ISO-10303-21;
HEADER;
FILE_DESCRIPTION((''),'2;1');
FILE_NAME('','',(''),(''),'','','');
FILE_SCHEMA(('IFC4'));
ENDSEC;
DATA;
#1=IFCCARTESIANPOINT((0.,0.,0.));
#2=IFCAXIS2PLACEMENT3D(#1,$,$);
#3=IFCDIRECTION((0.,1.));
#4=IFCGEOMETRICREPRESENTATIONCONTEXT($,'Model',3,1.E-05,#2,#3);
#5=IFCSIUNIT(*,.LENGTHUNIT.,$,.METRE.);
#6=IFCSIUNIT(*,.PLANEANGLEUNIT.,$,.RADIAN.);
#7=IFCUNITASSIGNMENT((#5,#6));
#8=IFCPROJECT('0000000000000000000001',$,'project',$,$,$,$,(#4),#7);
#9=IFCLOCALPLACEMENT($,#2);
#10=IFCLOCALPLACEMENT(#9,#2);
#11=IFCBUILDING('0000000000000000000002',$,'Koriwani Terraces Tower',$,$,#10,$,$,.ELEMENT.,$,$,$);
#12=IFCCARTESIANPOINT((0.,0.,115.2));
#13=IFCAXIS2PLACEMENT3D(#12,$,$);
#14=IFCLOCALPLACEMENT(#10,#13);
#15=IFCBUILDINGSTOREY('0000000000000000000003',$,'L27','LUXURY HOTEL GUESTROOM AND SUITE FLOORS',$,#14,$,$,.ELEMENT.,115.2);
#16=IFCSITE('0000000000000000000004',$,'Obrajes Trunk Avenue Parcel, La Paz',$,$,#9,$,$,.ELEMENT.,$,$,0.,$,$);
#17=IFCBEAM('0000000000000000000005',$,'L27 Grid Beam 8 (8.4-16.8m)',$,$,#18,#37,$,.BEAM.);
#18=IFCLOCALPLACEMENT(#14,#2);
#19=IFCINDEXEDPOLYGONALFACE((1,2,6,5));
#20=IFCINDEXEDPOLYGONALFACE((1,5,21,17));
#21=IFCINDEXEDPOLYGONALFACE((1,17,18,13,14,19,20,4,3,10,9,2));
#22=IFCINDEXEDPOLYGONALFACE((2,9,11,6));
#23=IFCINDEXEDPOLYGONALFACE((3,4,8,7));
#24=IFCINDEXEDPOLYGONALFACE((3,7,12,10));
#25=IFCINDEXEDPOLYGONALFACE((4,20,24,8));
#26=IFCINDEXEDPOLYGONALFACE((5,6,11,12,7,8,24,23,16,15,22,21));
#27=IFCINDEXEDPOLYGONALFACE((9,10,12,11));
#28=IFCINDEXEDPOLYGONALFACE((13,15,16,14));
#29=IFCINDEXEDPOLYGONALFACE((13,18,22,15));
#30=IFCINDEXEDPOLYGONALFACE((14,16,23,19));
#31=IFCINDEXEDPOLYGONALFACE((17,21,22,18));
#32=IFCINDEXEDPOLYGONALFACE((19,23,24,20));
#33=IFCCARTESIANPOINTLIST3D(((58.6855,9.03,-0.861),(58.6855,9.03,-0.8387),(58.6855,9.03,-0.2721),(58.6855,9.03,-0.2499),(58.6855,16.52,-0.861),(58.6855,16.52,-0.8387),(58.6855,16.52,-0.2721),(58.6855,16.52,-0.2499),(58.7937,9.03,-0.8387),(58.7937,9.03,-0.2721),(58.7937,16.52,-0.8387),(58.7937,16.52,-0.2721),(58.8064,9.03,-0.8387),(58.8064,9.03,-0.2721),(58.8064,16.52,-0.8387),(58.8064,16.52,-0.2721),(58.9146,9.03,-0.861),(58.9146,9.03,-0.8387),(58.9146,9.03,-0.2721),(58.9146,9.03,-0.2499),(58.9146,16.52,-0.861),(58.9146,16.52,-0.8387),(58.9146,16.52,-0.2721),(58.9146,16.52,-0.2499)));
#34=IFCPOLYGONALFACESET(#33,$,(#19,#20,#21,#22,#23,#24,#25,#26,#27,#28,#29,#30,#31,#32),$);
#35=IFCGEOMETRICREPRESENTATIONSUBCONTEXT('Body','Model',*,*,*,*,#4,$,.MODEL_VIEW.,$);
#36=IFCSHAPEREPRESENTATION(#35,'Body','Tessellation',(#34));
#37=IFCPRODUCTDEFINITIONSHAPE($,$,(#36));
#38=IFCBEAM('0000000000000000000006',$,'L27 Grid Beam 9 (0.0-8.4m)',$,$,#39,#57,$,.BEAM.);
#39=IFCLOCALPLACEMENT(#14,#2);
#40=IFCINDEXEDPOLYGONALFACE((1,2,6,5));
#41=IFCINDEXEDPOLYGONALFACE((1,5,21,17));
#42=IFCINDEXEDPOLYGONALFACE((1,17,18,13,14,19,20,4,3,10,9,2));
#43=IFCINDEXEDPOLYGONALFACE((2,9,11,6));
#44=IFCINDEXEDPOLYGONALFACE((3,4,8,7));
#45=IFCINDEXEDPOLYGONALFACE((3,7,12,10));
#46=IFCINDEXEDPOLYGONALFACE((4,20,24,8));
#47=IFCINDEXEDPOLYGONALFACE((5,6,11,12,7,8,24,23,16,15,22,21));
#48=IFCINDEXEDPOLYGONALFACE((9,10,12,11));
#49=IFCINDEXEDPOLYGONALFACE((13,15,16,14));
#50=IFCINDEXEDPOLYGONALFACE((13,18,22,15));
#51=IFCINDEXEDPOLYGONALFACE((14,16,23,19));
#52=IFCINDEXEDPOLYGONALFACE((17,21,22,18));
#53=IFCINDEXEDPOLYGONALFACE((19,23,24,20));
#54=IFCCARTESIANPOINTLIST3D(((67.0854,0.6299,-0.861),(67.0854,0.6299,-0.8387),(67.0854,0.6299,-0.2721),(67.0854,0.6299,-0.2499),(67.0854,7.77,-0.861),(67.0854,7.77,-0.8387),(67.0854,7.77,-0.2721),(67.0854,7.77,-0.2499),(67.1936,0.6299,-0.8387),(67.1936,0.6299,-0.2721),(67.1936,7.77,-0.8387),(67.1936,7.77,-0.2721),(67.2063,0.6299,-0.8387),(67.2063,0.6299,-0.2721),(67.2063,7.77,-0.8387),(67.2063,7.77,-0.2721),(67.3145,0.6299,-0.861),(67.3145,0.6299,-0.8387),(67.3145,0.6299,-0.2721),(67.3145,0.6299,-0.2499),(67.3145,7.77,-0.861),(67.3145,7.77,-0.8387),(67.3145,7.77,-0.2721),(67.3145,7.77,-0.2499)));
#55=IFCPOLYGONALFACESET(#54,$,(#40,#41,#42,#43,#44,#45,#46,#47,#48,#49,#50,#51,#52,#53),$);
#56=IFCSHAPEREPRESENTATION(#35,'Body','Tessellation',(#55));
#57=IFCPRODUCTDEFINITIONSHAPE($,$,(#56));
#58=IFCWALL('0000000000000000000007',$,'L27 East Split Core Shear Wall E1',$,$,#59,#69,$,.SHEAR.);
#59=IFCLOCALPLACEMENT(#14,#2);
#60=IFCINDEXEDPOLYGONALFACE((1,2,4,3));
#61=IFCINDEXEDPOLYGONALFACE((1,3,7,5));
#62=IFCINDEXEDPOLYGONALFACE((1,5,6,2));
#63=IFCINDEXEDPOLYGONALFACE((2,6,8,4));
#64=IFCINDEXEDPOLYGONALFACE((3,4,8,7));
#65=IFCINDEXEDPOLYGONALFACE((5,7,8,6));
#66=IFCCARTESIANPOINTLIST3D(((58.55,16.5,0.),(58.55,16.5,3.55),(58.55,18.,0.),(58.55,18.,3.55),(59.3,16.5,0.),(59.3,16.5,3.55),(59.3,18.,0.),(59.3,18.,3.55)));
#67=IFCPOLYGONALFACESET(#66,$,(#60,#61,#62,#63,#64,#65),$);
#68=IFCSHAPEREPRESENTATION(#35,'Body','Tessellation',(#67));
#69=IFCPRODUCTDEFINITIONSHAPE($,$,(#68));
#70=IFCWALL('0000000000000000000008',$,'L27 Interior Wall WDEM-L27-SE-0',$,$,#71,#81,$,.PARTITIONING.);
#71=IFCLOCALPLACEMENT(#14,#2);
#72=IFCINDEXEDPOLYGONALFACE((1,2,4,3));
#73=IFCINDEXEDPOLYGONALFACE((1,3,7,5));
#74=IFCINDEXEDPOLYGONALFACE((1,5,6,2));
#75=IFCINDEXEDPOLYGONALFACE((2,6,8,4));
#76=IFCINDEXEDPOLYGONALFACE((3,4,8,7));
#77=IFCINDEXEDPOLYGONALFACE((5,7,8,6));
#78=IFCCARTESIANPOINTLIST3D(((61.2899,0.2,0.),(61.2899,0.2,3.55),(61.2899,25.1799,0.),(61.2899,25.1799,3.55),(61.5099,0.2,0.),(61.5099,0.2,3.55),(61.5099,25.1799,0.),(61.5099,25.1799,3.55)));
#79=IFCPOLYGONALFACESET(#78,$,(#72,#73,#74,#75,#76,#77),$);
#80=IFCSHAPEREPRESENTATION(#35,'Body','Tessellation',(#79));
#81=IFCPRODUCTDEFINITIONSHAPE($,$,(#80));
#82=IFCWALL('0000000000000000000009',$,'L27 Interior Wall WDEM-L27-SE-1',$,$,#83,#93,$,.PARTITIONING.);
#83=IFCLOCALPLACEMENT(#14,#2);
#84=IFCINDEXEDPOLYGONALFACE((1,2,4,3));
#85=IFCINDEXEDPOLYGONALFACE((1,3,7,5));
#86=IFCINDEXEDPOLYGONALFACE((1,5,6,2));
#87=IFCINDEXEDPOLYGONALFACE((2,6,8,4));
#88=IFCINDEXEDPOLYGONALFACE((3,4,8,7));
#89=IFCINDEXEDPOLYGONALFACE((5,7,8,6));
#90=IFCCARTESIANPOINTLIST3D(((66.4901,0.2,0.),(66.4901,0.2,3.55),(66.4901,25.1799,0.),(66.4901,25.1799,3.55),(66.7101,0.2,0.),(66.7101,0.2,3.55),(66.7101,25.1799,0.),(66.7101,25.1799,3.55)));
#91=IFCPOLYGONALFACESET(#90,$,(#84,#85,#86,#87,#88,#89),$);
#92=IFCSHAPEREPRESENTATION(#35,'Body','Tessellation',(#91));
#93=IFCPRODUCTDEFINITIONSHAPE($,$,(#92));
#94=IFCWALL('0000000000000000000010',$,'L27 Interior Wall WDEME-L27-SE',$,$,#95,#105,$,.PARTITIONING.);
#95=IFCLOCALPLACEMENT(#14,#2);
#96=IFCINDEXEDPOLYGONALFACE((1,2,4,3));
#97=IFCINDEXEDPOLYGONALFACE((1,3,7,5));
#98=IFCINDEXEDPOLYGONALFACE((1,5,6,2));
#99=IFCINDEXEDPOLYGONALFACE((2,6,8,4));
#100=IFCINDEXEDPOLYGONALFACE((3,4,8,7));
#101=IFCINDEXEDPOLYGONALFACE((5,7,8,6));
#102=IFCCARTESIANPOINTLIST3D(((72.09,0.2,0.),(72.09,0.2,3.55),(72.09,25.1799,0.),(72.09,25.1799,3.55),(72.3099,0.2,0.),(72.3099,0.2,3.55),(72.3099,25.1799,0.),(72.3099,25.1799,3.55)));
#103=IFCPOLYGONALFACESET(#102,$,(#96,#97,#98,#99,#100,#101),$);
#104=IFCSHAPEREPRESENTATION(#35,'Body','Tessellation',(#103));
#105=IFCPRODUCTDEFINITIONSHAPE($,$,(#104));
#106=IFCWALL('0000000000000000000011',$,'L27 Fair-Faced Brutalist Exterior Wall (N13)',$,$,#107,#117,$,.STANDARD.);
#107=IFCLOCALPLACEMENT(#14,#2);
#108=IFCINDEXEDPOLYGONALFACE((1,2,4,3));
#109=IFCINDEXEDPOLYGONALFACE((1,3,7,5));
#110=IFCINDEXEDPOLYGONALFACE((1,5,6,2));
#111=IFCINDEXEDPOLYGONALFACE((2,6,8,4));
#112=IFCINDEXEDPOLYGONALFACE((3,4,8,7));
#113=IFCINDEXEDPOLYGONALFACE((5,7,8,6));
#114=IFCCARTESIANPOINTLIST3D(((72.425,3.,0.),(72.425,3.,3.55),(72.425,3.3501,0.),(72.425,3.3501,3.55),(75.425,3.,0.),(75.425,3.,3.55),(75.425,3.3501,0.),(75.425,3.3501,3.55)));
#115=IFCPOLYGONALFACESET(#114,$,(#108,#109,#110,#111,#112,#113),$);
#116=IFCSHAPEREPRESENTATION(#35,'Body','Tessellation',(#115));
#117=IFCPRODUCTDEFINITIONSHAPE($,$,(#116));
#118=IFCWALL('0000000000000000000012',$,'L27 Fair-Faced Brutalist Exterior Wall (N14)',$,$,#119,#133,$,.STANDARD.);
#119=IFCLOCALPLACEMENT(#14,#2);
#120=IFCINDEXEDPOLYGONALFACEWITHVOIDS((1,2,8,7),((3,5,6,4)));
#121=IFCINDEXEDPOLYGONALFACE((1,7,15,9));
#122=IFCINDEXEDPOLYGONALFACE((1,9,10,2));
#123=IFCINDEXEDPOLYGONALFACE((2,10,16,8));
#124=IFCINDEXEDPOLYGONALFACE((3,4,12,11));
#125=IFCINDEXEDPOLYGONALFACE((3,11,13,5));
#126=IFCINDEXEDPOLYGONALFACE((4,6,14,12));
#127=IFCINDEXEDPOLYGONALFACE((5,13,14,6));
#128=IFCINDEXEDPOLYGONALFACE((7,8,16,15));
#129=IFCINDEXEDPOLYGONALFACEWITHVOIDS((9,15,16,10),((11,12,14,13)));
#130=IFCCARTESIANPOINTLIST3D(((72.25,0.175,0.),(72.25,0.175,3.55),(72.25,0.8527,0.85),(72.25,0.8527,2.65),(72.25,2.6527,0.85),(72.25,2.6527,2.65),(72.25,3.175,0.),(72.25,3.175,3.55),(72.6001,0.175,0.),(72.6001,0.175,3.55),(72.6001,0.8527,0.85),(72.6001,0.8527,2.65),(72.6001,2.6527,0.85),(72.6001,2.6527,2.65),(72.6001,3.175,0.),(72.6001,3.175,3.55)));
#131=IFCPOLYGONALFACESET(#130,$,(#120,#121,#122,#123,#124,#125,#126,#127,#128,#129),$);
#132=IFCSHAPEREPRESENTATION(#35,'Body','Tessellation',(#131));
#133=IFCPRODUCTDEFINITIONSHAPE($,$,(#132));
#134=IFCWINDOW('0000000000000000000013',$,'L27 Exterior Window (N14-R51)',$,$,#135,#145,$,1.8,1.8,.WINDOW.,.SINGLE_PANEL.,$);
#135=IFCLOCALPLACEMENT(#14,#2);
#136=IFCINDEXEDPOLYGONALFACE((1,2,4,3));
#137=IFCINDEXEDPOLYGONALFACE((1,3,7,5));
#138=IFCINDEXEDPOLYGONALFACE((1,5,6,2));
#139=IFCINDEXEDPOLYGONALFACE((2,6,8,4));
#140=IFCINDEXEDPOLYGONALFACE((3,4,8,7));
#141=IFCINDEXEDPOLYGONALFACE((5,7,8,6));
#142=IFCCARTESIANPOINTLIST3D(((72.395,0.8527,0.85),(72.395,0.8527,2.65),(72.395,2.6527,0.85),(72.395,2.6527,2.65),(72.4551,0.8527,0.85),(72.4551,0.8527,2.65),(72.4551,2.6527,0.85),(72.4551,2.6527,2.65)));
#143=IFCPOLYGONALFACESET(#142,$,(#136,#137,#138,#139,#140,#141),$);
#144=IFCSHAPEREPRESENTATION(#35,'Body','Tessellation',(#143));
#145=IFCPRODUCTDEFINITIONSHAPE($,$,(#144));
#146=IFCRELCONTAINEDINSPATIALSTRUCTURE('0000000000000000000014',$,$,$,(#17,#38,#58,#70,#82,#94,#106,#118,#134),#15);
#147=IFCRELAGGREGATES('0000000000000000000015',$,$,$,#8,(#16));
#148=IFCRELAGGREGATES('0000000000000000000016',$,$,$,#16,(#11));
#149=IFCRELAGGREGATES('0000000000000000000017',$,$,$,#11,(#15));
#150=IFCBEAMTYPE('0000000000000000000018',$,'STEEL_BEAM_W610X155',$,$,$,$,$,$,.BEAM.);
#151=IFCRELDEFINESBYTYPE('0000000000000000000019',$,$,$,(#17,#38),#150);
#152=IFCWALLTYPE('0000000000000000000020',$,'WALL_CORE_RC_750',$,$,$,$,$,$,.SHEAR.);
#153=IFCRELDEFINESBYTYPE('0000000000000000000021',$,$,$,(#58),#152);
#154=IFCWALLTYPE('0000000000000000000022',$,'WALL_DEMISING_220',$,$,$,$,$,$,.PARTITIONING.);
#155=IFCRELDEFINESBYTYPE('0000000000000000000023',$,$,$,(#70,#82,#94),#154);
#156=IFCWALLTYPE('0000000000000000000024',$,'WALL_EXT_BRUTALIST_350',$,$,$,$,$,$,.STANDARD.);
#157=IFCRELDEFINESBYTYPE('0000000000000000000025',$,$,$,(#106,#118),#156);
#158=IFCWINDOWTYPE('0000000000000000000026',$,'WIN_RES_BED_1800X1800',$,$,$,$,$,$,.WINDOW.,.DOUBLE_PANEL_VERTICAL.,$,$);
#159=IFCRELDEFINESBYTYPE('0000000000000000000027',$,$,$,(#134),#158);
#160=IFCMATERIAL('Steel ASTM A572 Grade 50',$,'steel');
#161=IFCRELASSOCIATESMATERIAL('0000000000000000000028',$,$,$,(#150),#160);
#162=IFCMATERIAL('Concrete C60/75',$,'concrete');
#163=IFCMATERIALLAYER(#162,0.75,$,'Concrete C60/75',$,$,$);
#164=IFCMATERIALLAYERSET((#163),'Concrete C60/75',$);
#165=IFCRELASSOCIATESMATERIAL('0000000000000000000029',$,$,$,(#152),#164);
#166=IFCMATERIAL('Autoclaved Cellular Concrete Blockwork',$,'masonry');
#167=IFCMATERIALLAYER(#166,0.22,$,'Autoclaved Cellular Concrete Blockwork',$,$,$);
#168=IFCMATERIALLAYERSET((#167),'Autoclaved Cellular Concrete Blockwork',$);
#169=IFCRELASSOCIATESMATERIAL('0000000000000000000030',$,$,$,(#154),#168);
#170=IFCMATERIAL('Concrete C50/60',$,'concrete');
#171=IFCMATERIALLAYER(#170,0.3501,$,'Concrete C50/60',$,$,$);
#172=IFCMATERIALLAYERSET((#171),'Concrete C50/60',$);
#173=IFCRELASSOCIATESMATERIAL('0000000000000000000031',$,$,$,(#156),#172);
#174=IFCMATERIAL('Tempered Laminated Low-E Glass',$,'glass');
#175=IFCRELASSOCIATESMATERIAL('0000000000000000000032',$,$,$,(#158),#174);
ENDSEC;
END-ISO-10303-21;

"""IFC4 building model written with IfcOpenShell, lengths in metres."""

from ifc_helpers import new_model, si_unit, direction, frame, frame_2d, origin, origin_2d, place, context, subcontext, project, spatial, rectangle, i_section, extrude, material, layer, layer_set, material_profile, profile_set, type_object, element, fill, save


model = new_model("IFC4")

# Units and contexts
model_context = context("Model", 3, precision=1e-05, world=origin(), true_north=direction((0.0, 1.0)))
body_context = subcontext(model_context, "Body", "Model", "MODEL_VIEW")
ifc_project = project(units=[si_unit("LENGTHUNIT", "METRE"), si_unit("PLANEANGLEUNIT", "RADIAN")], contexts=[model_context])

# Site, building, storey
site_placement = place(None, origin())
site = spatial("IfcSite", under=ifc_project, at=site_placement, Name="Obrajes Trunk Avenue Parcel, La Paz", CompositionType="ELEMENT", RefElevation=0.0)
building_placement = place(site_placement, origin())
building = spatial("IfcBuilding", under=site, at=building_placement, Name="Koriwani Terraces Tower", CompositionType="ELEMENT")
storey_placement = place(building_placement, frame((0.0, 0.0, 115.2)))
storey = spatial("IfcBuildingStorey", under=building, at=storey_placement, Name="L27", Description="LUXURY HOTEL GUESTROOM AND SUITE FLOORS", CompositionType="ELEMENT", Elevation=115.2)

# Shared definitions
ifc_material_1 = material(Name="Concrete C60/75", Category="concrete")

# Beams
ifc_material_2 = material(Name="Concrete C50/60", Category="concrete")
ifc_material_3 = material(Name="Steel ASTM A572 Grade 50", Category="steel")
ifc_material_profile_1 = material_profile(ifc_material_3, i_section(OverallWidth=0.229, OverallDepth=0.6111, WebThickness=0.0127, FlangeThickness=0.0222, at=origin_2d()), Name="Steel ASTM A572 Grade 50", Category="LoadBearing")
ifc_profile_set_1 = profile_set([ifc_material_profile_1], Name="Steel ASTM A572 Grade 50")
beam_type_1 = type_object("IfcBeamType", Name="STEEL_BEAM_W610X155", PredefinedType="BEAM", material=ifc_profile_set_1)
beam_1_placement = place(storey_placement, frame((58.8, 9.03, -0.5554), z_axis=(0.0, 1.0, 0.0), x_axis=(-1.0, 0.0, 0.0)))
element("IfcBeam", 1, at=beam_1_placement, inside=storey, type_object=beam_type_1, Name="L27 Grid Beam 8 (8.4-16.8m)", PredefinedType="BEAM", context=body_context, shape_type="SweptSolid", body=[
    extrude(i_section(OverallWidth=0.229, OverallDepth=0.6111, WebThickness=0.0127, FlangeThickness=0.0222, at=origin_2d()), origin(), (0.0, 0.0, 1.0), 7.49),
])
beam_2_placement = place(storey_placement, frame((67.2, 0.6299, -0.5554), z_axis=(0.0, 1.0, 0.0), x_axis=(-1.0, 0.0, 0.0)))
element("IfcBeam", 2, at=beam_2_placement, inside=storey, type_object=beam_type_1, Name="L27 Grid Beam 9 (0.0-8.4m)", PredefinedType="BEAM", context=body_context, shape_type="SweptSolid", body=[
    extrude(i_section(OverallWidth=0.229, OverallDepth=0.6111, WebThickness=0.0127, FlangeThickness=0.0222, at=origin_2d()), origin(), (0.0, 0.0, 1.0), 7.1401),
])

# Walls
ifc_layer_1 = layer(ifc_material_1, 0.75, Name="Concrete C60/75")
ifc_layer_set_1 = layer_set([ifc_layer_1], Name="Concrete C60/75")
wall_type_1 = type_object("IfcWallType", Name="WALL_CORE_RC_750", PredefinedType="SHEAR", material=ifc_layer_set_1)
wall_1_placement = place(storey_placement, frame((58.925, 16.5, 0.0), z_axis=(0.0, 0.0, 1.0), x_axis=(0.0, 1.0, 0.0)))
element("IfcWall", 3, at=wall_1_placement, inside=storey, type_object=wall_type_1, Name="L27 East Split Core Shear Wall E1", PredefinedType="SHEAR", context=body_context, shape_type="SweptSolid", body=[
    extrude(rectangle(XDim=1.5, YDim=0.75, at=frame_2d((0.75, 0.0))), origin(), (0.0, 0.0, 1.0), 3.55),
])
ifc_material_4 = material(Name="Autoclaved Cellular Concrete Blockwork", Category="masonry")
ifc_layer_2 = layer(ifc_material_4, 0.22, Name="Autoclaved Cellular Concrete Blockwork")
ifc_layer_set_2 = layer_set([ifc_layer_2], Name="Autoclaved Cellular Concrete Blockwork")
wall_type_2 = type_object("IfcWallType", Name="WALL_DEMISING_220", PredefinedType="PARTITIONING", material=ifc_layer_set_2)
for number, where, z_axis, x_axis, name in (
    (4, (61.3999, 0.2, 0.0), (0.0, 0.0, 1.0), (0.0, 1.0, 0.0), "L27 Interior Wall WDEM-L27-SE-0"),
    (5, (66.6001, 0.2, 0.0), (0.0, 0.0, 1.0), (0.0, 1.0, 0.0), "L27 Interior Wall WDEM-L27-SE-1"),
    (6, (72.2, 0.2, 0.0), (0.0, 0.0, 1.0), (0.0, 1.0, 0.0), "L27 Interior Wall WDEME-L27-SE"),
):
    element("IfcWall", number, at=place(storey_placement, frame(where, z_axis=z_axis, x_axis=x_axis)), inside=storey, type_object=wall_type_2, Name=name, PredefinedType="PARTITIONING", context=body_context, shape_type="SweptSolid", body=[
        extrude(rectangle(XDim=24.98, YDim=0.22, at=frame_2d((12.49, 0.0))), origin(), (0.0, 0.0, 1.0), 3.55),
    ])
ifc_layer_3 = layer(ifc_material_2, 0.3501, Name="Concrete C50/60")
ifc_layer_set_3 = layer_set([ifc_layer_3], Name="Concrete C50/60")
wall_type_3 = type_object("IfcWallType", Name="WALL_EXT_BRUTALIST_350", PredefinedType="STANDARD", material=ifc_layer_set_3)
wall_2_placement = place(storey_placement, frame((75.425, 3.175, 0.0), z_axis=(0.0, 0.0, 1.0), x_axis=(-1.0, 0.0, 0.0)))
element("IfcWall", 7, at=wall_2_placement, inside=storey, type_object=wall_type_3, Name="L27 Fair-Faced Brutalist Exterior Wall (N13)", PredefinedType="STANDARD", context=body_context, shape_type="SweptSolid", body=[
    extrude(rectangle(XDim=3.0, YDim=0.3501, at=frame_2d((1.5, 0.0))), origin(), (0.0, 0.0, 1.0), 3.55),
])

# Wall, opening, window
wall_3_placement = place(storey_placement, frame((72.425, 3.175, 0.0), z_axis=(0.0, 0.0, 1.0), x_axis=(0.0, -1.0, 0.0)))
wall_3 = element("IfcWall", 8, at=wall_3_placement, inside=storey, type_object=wall_type_3, Name="L27 Fair-Faced Brutalist Exterior Wall (N14)", PredefinedType="STANDARD", context=body_context, shape_type="SweptSolid", body=[
    extrude(rectangle(XDim=3.0, YDim=0.3501, at=frame_2d((1.5, 0.0))), origin(), (0.0, 0.0, 1.0), 3.55),
])
opening_1_placement = place(wall_3_placement, frame((0.5225, 0.0, 0.8501)))
opening_1 = element("IfcOpeningElement", 9, at=opening_1_placement, cuts=wall_3, PredefinedType="OPENING", context=body_context, shape_type="SweptSolid", body=[
    extrude(rectangle(XDim=1.8, YDim=1.8, at=frame_2d((0.8999, 0.8999))), frame((0.0, 0.1851, 0.0), z_axis=(0.0, -1.0, 0.0), x_axis=(1.0, 0.0, 0.0)), (0.0, 0.0, 1.0), 0.3701),
])
ifc_material_5 = material(Name="Tempered Laminated Low-E Glass", Category="glass")
window_type_1 = type_object("IfcWindowType", Name="WIN_RES_BED_1800X1800", PartitioningType="DOUBLE_PANEL_VERTICAL", PredefinedType="WINDOW", material=ifc_material_5)
window_1_placement = place(opening_1_placement, origin())
window_1 = element("IfcWindow", 10, at=window_1_placement, inside=storey, type_object=window_type_1, Name="L27 Exterior Window (N14-R51)", OverallHeight=1.8, OverallWidth=1.8, PartitioningType="SINGLE_PANEL", PredefinedType="WINDOW", context=body_context, shape_type="SweptSolid", body=[
    extrude(rectangle(XDim=1.8, YDim=1.8, at=frame_2d((0.8999, 0.8999))), frame((0.0, 0.03, 0.0), z_axis=(0.0, -1.0, 0.0), x_axis=(1.0, 0.0, 0.0)), (0.0, 0.0, 1.0), 0.0601),
])
fill(opening_1, window_1)

save(model, "model.ifc")
